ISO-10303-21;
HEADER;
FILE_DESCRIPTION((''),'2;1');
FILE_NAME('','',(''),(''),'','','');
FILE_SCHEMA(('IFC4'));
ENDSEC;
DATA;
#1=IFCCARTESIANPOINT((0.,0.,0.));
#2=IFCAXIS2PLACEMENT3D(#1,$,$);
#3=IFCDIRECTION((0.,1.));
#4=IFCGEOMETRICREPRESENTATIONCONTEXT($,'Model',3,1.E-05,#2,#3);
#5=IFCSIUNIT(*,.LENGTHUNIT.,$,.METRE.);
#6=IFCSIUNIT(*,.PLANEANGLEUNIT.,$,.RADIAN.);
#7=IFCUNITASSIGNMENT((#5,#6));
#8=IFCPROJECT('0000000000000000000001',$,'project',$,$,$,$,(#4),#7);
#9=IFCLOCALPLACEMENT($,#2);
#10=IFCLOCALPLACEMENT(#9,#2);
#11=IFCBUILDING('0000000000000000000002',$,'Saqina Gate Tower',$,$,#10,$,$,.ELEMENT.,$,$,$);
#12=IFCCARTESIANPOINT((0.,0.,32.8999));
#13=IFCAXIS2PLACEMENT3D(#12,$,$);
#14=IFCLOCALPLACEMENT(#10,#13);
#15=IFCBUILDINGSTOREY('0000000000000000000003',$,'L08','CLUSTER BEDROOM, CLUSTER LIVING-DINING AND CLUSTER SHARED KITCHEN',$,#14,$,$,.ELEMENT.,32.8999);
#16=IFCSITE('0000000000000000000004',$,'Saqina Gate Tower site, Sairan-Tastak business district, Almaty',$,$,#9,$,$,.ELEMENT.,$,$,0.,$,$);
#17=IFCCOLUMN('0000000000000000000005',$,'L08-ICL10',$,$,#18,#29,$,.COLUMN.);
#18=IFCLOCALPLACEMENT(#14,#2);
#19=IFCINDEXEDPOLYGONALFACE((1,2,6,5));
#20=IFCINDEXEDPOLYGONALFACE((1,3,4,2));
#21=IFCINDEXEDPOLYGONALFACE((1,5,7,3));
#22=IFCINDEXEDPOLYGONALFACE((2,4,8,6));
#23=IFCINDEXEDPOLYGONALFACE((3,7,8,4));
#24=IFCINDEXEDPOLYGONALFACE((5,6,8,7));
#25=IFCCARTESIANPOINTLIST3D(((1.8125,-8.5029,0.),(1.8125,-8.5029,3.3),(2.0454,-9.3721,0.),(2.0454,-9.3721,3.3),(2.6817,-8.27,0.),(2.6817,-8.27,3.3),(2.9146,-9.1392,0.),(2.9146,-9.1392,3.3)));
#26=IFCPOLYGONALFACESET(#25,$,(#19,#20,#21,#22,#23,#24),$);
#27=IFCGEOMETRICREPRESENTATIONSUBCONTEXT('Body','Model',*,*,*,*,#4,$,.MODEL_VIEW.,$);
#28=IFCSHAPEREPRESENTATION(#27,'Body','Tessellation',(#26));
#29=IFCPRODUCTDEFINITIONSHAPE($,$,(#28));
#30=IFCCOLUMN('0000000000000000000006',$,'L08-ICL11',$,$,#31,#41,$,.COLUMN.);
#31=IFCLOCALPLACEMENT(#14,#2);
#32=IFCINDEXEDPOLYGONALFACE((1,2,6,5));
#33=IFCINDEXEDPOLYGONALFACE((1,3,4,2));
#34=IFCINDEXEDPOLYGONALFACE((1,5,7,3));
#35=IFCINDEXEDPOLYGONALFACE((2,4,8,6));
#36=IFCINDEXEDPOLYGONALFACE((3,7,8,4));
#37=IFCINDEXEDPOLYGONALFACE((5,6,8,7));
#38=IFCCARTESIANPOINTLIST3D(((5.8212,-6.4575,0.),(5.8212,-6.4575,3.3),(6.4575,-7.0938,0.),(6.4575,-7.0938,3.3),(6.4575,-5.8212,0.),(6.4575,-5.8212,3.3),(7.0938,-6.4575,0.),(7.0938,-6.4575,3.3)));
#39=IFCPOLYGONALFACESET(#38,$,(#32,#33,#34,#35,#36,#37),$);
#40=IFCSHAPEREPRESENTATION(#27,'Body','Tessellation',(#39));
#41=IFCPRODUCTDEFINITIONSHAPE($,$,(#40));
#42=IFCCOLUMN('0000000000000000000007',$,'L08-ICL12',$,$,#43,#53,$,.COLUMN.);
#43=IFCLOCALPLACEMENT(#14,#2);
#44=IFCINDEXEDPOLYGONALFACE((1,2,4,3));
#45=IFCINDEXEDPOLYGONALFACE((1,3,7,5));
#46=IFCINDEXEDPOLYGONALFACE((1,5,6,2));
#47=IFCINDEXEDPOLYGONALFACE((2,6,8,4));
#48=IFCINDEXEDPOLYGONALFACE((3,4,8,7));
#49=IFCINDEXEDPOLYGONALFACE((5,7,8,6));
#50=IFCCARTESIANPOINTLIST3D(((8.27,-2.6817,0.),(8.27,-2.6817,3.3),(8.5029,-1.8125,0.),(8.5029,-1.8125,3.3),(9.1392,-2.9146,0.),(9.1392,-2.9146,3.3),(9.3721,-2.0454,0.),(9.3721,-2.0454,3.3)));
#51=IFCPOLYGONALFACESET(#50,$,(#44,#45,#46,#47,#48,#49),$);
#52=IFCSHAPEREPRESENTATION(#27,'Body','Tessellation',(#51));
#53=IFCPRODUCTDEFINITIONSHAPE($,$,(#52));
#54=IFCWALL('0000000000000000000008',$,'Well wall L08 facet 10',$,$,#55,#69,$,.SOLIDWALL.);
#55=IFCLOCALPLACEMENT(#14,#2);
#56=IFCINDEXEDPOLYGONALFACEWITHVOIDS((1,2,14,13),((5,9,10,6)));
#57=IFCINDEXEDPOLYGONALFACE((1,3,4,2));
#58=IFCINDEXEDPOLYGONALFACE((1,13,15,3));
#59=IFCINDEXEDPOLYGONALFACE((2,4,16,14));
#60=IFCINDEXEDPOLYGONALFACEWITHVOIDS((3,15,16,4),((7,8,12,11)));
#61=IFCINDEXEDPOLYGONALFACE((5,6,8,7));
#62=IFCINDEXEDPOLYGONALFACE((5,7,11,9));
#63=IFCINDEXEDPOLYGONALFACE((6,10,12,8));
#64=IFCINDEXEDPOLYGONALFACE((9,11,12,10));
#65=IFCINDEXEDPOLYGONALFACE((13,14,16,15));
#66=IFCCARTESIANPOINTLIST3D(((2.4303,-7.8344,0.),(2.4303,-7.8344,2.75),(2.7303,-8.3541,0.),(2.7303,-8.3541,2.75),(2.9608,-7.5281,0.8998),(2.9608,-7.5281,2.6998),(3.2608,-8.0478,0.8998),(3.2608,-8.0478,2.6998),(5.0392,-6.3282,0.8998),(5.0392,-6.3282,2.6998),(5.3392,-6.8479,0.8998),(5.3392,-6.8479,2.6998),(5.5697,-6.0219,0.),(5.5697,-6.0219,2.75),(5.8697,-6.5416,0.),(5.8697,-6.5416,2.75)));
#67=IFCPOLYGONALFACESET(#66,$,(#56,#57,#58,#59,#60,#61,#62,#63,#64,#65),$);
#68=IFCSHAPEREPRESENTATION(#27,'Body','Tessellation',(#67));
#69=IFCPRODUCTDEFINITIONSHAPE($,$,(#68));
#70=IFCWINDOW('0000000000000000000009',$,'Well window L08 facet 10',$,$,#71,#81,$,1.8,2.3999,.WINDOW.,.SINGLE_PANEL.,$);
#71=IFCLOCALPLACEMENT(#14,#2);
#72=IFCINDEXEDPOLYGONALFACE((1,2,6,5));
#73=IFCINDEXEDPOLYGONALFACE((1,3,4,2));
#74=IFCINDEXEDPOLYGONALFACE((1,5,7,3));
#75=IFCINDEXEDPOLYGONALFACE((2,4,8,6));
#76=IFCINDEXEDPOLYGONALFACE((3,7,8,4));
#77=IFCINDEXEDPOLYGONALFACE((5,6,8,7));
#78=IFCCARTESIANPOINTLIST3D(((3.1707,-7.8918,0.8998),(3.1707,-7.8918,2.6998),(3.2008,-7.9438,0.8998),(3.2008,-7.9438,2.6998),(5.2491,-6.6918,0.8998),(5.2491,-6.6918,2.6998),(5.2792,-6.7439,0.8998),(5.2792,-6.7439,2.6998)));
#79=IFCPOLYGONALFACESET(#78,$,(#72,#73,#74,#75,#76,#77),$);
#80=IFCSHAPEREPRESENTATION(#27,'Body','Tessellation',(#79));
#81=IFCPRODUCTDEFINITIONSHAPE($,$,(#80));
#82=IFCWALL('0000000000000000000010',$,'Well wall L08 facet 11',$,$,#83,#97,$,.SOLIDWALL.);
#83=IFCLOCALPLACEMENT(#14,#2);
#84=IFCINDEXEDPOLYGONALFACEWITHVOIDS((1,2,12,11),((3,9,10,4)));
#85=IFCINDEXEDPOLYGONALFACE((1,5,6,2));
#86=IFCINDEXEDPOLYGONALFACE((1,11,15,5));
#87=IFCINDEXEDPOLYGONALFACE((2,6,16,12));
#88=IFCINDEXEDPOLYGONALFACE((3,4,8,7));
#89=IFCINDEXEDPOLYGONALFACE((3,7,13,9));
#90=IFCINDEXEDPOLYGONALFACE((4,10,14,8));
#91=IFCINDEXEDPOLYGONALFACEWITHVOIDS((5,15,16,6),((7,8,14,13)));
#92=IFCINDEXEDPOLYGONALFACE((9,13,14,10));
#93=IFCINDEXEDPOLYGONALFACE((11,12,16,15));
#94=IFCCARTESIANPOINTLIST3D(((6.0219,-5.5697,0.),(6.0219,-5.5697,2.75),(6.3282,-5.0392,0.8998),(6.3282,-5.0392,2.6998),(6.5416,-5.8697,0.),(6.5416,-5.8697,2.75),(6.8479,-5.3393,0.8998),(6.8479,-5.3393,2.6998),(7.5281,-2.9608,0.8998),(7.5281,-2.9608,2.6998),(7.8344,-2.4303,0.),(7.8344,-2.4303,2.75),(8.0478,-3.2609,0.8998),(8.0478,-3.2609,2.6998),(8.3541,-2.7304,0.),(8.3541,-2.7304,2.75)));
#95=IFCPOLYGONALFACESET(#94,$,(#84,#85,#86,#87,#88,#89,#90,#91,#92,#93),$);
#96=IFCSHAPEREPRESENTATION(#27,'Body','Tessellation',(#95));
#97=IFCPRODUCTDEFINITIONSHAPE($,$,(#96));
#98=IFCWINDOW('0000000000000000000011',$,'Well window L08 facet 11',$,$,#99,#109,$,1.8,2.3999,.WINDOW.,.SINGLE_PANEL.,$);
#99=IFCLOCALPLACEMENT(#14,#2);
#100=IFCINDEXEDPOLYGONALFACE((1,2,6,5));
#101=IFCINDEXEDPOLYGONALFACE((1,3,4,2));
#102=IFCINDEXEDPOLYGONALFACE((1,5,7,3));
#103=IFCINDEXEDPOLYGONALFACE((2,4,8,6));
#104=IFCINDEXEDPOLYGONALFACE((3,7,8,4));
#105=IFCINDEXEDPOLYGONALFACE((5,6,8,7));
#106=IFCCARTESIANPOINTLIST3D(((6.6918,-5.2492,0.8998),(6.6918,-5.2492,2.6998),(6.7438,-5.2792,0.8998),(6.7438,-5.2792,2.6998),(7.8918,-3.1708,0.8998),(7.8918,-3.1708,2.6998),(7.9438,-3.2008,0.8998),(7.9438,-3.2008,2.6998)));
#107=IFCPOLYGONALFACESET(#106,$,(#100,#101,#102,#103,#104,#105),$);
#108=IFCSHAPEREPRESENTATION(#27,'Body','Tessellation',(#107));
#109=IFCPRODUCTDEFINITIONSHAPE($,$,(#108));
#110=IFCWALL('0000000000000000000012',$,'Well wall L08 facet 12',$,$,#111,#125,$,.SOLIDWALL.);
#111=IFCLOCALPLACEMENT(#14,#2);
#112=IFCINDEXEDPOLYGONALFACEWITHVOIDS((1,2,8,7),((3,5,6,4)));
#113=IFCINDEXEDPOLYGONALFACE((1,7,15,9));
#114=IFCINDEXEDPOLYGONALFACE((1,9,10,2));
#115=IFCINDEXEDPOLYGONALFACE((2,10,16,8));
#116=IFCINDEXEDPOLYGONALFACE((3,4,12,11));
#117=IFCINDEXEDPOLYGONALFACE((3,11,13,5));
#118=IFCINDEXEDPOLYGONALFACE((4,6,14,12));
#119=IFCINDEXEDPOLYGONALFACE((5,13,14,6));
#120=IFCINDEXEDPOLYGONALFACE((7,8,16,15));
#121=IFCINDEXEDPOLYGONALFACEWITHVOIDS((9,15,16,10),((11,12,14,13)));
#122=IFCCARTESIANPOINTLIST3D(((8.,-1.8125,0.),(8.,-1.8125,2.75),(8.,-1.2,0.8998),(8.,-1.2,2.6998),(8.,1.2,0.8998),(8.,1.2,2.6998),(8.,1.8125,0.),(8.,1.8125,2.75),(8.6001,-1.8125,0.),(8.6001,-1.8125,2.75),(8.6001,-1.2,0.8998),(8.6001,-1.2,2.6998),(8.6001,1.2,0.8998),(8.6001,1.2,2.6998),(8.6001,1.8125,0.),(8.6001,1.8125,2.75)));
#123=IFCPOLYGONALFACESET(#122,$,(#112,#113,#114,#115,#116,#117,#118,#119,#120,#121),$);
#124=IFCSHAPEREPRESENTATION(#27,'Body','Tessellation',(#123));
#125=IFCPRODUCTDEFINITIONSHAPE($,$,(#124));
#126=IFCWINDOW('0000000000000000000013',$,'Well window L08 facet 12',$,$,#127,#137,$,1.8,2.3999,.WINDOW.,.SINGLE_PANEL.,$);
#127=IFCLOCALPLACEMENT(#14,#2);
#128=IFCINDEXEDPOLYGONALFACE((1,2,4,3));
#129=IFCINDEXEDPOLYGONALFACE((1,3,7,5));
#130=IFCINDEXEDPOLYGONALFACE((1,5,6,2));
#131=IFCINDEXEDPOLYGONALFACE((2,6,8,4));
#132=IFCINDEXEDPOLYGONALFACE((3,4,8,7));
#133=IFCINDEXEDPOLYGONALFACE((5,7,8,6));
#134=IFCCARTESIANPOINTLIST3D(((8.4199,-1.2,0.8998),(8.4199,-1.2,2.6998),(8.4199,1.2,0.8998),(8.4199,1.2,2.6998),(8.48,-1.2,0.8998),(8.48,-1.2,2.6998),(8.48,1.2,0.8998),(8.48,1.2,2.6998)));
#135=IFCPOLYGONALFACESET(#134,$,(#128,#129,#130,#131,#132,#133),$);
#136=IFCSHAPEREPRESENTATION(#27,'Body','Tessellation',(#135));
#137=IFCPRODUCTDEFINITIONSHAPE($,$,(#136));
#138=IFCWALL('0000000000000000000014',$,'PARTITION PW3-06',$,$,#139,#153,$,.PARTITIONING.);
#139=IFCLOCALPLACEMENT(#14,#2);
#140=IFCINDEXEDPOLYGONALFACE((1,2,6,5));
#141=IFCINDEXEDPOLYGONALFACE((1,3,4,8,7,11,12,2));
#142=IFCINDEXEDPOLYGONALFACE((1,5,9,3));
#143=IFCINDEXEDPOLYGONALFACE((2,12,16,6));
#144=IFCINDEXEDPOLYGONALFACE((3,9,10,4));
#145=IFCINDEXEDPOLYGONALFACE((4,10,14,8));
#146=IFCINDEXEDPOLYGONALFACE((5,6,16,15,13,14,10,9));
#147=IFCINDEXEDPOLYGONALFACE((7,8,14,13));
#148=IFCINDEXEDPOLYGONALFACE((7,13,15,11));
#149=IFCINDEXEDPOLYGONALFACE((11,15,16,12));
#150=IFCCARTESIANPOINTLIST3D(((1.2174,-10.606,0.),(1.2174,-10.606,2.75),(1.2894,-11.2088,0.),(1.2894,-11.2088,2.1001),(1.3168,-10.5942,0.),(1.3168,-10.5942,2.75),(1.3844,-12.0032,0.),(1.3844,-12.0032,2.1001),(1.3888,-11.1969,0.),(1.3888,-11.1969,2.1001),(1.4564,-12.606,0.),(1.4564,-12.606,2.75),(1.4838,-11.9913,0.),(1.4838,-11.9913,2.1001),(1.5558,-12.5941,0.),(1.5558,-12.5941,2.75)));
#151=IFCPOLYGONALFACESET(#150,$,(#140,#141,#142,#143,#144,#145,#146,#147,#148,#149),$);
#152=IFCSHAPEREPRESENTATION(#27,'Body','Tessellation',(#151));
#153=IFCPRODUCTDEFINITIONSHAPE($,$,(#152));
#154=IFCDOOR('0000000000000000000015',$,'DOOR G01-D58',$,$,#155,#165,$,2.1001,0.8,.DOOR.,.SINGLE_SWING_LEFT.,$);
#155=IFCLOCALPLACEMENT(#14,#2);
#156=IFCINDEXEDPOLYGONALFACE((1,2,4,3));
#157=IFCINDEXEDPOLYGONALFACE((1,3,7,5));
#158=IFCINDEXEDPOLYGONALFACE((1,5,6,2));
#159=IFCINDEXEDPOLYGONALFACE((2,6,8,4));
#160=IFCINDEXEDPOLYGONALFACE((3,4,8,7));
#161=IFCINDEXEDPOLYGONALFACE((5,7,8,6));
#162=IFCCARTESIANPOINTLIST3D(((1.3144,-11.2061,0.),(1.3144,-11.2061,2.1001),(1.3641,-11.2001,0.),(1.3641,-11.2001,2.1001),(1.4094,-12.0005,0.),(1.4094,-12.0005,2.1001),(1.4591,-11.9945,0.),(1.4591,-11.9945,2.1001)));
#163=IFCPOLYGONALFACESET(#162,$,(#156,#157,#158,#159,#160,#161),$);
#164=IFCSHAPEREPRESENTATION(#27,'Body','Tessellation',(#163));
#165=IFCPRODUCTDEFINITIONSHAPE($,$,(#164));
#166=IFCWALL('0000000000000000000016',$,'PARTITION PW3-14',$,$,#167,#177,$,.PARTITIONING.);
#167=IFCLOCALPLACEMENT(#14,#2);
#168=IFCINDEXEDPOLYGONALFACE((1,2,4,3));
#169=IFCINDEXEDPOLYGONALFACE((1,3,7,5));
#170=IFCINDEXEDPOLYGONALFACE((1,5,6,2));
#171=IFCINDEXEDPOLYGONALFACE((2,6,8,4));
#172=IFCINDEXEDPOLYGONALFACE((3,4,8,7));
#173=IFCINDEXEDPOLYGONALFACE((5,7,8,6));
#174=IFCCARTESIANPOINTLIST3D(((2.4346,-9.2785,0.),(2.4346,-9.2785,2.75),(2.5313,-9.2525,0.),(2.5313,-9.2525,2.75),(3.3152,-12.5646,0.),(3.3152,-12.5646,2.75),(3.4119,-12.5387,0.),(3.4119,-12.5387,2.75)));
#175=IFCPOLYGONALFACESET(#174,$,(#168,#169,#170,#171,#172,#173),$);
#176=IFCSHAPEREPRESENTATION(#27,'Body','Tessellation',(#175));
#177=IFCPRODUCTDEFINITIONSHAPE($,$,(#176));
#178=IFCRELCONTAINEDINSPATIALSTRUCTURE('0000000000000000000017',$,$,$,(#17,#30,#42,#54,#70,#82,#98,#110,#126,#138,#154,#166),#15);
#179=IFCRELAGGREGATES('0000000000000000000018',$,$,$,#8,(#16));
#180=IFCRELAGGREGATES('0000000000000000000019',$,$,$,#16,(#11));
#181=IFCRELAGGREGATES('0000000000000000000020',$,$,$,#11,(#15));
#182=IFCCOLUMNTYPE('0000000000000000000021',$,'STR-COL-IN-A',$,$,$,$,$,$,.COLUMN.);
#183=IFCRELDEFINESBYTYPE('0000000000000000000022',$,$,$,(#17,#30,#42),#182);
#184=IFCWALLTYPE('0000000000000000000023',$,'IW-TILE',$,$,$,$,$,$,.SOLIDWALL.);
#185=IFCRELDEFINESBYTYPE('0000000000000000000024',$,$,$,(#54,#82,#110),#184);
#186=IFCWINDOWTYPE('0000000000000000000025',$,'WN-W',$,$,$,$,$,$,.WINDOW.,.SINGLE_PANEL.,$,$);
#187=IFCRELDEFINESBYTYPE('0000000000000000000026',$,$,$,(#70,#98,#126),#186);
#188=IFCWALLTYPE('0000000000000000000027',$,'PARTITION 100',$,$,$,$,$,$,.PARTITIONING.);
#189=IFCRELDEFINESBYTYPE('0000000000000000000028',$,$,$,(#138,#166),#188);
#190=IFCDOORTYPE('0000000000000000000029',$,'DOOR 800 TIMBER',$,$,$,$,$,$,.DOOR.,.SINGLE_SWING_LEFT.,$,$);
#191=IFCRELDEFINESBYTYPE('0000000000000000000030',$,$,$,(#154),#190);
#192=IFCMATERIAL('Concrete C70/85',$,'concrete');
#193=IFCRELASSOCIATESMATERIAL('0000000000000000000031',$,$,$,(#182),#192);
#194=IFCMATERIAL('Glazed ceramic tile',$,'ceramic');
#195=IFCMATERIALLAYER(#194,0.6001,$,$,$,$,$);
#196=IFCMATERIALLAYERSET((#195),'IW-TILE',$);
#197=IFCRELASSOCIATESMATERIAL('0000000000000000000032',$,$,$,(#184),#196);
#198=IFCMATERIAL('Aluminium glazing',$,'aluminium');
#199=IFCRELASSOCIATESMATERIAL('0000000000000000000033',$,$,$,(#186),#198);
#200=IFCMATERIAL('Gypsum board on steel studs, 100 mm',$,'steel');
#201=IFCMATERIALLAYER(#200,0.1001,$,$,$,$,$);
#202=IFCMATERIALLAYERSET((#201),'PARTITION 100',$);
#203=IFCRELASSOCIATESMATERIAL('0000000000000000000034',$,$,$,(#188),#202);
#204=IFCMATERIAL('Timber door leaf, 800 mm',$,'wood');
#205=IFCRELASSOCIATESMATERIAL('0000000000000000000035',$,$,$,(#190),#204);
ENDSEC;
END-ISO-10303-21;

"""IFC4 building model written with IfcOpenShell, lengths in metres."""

from ifc_helpers import new_model, si_unit, direction, frame, frame_2d, origin, origin_2d, place, context, subcontext, project, spatial, rectangle, extrude, material, layer, layer_set, material_profile, profile_set, type_object, element, fill, save


model = new_model("IFC4")

# Units and contexts
model_context = context("Model", 3, precision=1e-05, world=origin(), true_north=direction((0.0, 1.0)))
body_context = subcontext(model_context, "Body", "Model", "MODEL_VIEW")
ifc_project = project(units=[si_unit("LENGTHUNIT", "METRE"), si_unit("PLANEANGLEUNIT", "RADIAN")], contexts=[model_context])

# Site, building, storey
site_placement = place(None, origin())
site = spatial("IfcSite", under=ifc_project, at=site_placement, Name="Saqina Gate Tower site, Sairan-Tastak business district, Almaty", CompositionType="ELEMENT", RefElevation=0.0)
building_placement = place(site_placement, origin())
building = spatial("IfcBuilding", under=site, at=building_placement, Name="Saqina Gate Tower", CompositionType="ELEMENT")
storey_placement = place(building_placement, frame((0.0, 0.0, 32.8999)))
storey = spatial("IfcBuildingStorey", under=building, at=storey_placement, Name="L08", Description="CLUSTER BEDROOM, CLUSTER LIVING-DINING AND CLUSTER SHARED KITCHEN", CompositionType="ELEMENT", Elevation=32.8999)

# Columns
ifc_material_1 = material(Name="Concrete C70/85", Category="concrete")
ifc_material_profile = material_profile(ifc_material_1, rectangle(XDim=0.8999, YDim=0.8999, at=origin_2d()), Name="RC 900x900")
ifc_profile_set = profile_set([ifc_material_profile], Name="Concrete C70/85")
column_type = type_object("IfcColumnType", Name="STR-COL-IN-A", PredefinedType="COLUMN", material=ifc_profile_set)
for number, where, z_axis, x_axis, name in (
    (1, (2.3635, -8.821, 0.0), (0.0, 0.0, 1.0), (0.258819, -0.965926, 0.0), "L08-ICL10"),
    (2, (6.4575, -6.4575, 0.0), (0.0, 0.0, 1.0), (0.707107, -0.707107, 0.0), "L08-ICL11"),
    (3, (8.821, -2.3635, 0.0), (0.0, 0.0, 1.0), (0.965926, -0.258819, 0.0), "L08-ICL12"),
):
    element("IfcColumn", number, at=place(storey_placement, frame(where, z_axis=z_axis, x_axis=x_axis)), inside=storey, type_object=column_type, Name=name, PredefinedType="COLUMN", context=body_context, shape_type="SweptSolid", body=[
        extrude(rectangle(XDim=0.8999, YDim=0.8999, at=origin_2d()), origin(), (0.0, 0.0, 1.0), 3.3),
    ])

# Walls, openings, windows
ifc_material_2 = material(Name="Glazed ceramic tile", Category="ceramic")
ifc_layer_1 = layer(ifc_material_2, 0.6001)
ifc_layer_set_1 = layer_set([ifc_layer_1], Name="IW-TILE")
wall_type_1 = type_object("IfcWallType", Name="IW-TILE", PredefinedType="SOLIDWALL", material=ifc_layer_set_1)
wall_1_placement = place(storey_placement, frame((2.5803, -8.0942, 0.0), z_axis=(0.0, 0.0, 1.0), x_axis=(0.86603, 0.499993, 0.0)))
wall_1 = element("IfcWall", 4, at=wall_1_placement, inside=storey, type_object=wall_type_1, Name="Well wall L08 facet 10", PredefinedType="SOLIDWALL", context=body_context, shape_type="SweptSolid", body=[
    extrude(rectangle(XDim=3.625, YDim=0.6001, at=frame_2d((1.8125, 0.0))), origin(), (0.0, 0.0, 1.0), 2.75),
])
opening_1_placement = place(wall_1_placement, frame((0.6125, 0.0, 0.8999)))
opening_1 = element("IfcOpeningElement", 5, at=opening_1_placement, cuts=wall_1, PredefinedType="OPENING", context=body_context, shape_type="SweptSolid", body=[
    extrude(rectangle(XDim=2.3999, YDim=1.8, at=frame_2d((1.2, 0.8999))), frame((0.0, 0.312, 0.0), z_axis=(0.0, -1.0, 0.0), x_axis=(1.0, 0.0, 0.0)), (0.0, 0.0, 1.0), 0.624),
])
ifc_material_3 = material(Name="Aluminium glazing", Category="aluminium")
window_type = type_object("IfcWindowType", Name="WN-W", PartitioningType="SINGLE_PANEL", PredefinedType="WINDOW", material=ifc_material_3)
window_1_placement = place(opening_1_placement, origin())
window_1 = element("IfcWindow", 6, at=window_1_placement, inside=storey, type_object=window_type, Name="Well window L08 facet 10", OverallHeight=1.8, OverallWidth=2.3999, PartitioningType="SINGLE_PANEL", PredefinedType="WINDOW", context=body_context, shape_type="SweptSolid", body=[
    extrude(rectangle(XDim=2.3999, YDim=1.8, at=frame_2d((1.2, 0.8999))), frame((0.0, -0.1199, 0.0), z_axis=(0.0, -1.0, 0.0), x_axis=(1.0, 0.0, 0.0)), (0.0, 0.0, 1.0), 0.0601),
])
fill(opening_1, window_1)
wall_2_placement = place(storey_placement, frame((6.2817, -5.7197, 0.0), z_axis=(0.0, 0.0, 1.0), x_axis=(0.499993, 0.86603, 0.0)))
wall_2 = element("IfcWall", 7, at=wall_2_placement, inside=storey, type_object=wall_type_1, Name="Well wall L08 facet 11", PredefinedType="SOLIDWALL", context=body_context, shape_type="SweptSolid", body=[
    extrude(rectangle(XDim=3.625, YDim=0.6001, at=frame_2d((1.8125, 0.0))), origin(), (0.0, 0.0, 1.0), 2.75),
])
opening_2_placement = place(wall_2_placement, frame((0.6125, 0.0, 0.8999)))
opening_2 = element("IfcOpeningElement", 8, at=opening_2_placement, cuts=wall_2, PredefinedType="OPENING", context=body_context, shape_type="SweptSolid", body=[
    extrude(rectangle(XDim=2.3999, YDim=1.8, at=frame_2d((1.2, 0.8999))), frame((0.0, 0.312, 0.0), z_axis=(0.0, -1.0, 0.0), x_axis=(1.0, 0.0, 0.0)), (0.0, 0.0, 1.0), 0.624),
])
window_2_placement = place(opening_2_placement, origin())
window_2 = element("IfcWindow", 9, at=window_2_placement, inside=storey, type_object=window_type, Name="Well window L08 facet 11", OverallHeight=1.8, OverallWidth=2.3999, PartitioningType="SINGLE_PANEL", PredefinedType="WINDOW", context=body_context, shape_type="SweptSolid", body=[
    extrude(rectangle(XDim=2.3999, YDim=1.8, at=frame_2d((1.2, 0.8999))), frame((0.0, -0.1199, 0.0), z_axis=(0.0, -1.0, 0.0), x_axis=(1.0, 0.0, 0.0)), (0.0, 0.0, 1.0), 0.0601),
])
fill(opening_2, window_2)
wall_3_placement = place(storey_placement, frame((8.3, -1.8125, 0.0), z_axis=(0.0, 0.0, 1.0), x_axis=(0.0, 1.0, 0.0)))
wall_3 = element("IfcWall", 10, at=wall_3_placement, inside=storey, type_object=wall_type_1, Name="Well wall L08 facet 12", PredefinedType="SOLIDWALL", context=body_context, shape_type="SweptSolid", body=[
    extrude(rectangle(XDim=3.625, YDim=0.6001, at=frame_2d((1.8125, 0.0))), origin(), (0.0, 0.0, 1.0), 2.75),
])
opening_3_placement = place(wall_3_placement, frame((0.6125, 0.0, 0.8999)))
opening_3 = element("IfcOpeningElement", 11, at=opening_3_placement, cuts=wall_3, PredefinedType="OPENING", context=body_context, shape_type="SweptSolid", body=[
    extrude(rectangle(XDim=2.3999, YDim=1.8, at=frame_2d((1.2, 0.8999))), frame((0.0, 0.312, 0.0), z_axis=(0.0, -1.0, 0.0), x_axis=(1.0, 0.0, 0.0)), (0.0, 0.0, 1.0), 0.624),
])
window_3_placement = place(opening_3_placement, origin())
window_3 = element("IfcWindow", 12, at=window_3_placement, inside=storey, type_object=window_type, Name="Well window L08 facet 12", OverallHeight=1.8, OverallWidth=2.3999, PartitioningType="SINGLE_PANEL", PredefinedType="WINDOW", context=body_context, shape_type="SweptSolid", body=[
    extrude(rectangle(XDim=2.3999, YDim=1.8, at=frame_2d((1.2, 0.8999))), frame((0.0, -0.1199, 0.0), z_axis=(0.0, -1.0, 0.0), x_axis=(1.0, 0.0, 0.0)), (0.0, 0.0, 1.0), 0.0601),
])
fill(opening_3, window_3)

# Wall, opening, door
ifc_material_4 = material(Name="Gypsum board on steel studs, 100 mm", Category="steel")
ifc_layer_2 = layer(ifc_material_4, 0.1001)
ifc_layer_set_2 = layer_set([ifc_layer_2], Name="PARTITION 100")
wall_type_2 = type_object("IfcWallType", Name="PARTITION 100", PredefinedType="PARTITIONING", material=ifc_layer_set_2)
wall_4_placement = place(storey_placement, frame((1.2671, -10.6001, 0.0), z_axis=(0.0, 0.0, 1.0), x_axis=(0.118662, -0.992935, 0.0)))
wall_4 = element("IfcWall", 13, at=wall_4_placement, inside=storey, type_object=wall_type_2, Name="PARTITION PW3-06", PredefinedType="PARTITIONING", context=body_context, shape_type="SweptSolid", body=[
    extrude(rectangle(XDim=2.0142, YDim=0.1001, at=frame_2d((1.0071, 0.0))), origin(), (0.0, 0.0, 1.0), 2.75),
])
opening_4_placement = place(wall_4_placement, frame((0.6072, 0.0, 0.0)))
opening_4 = element("IfcOpeningElement", 14, at=opening_4_placement, cuts=wall_4, PredefinedType="OPENING", context=body_context, shape_type="SweptSolid", body=[
    extrude(rectangle(XDim=0.8, YDim=2.1001, at=frame_2d((0.3999, 1.05))), frame((0.0, 0.062, 0.0), z_axis=(0.0, -1.0, 0.0), x_axis=(1.0, 0.0, 0.0)), (0.0, 0.0, 1.0), 0.124),
])
ifc_material_5 = material(Name="Timber door leaf, 800 mm", Category="wood")
door_type = type_object("IfcDoorType", Name="DOOR 800 TIMBER", OperationType="SINGLE_SWING_LEFT", PredefinedType="DOOR", material=ifc_material_5)
door_1_placement = place(opening_4_placement, frame((0.8, 0.0, 0.0), z_axis=(0.0, 0.0, 1.0), x_axis=(-1.0, 0.0, 0.0)))
door_1 = element("IfcDoor", 15, at=door_1_placement, inside=storey, type_object=door_type, Name="DOOR G01-D58", OperationType="SINGLE_SWING_LEFT", OverallHeight=2.1001, OverallWidth=0.8, PredefinedType="DOOR", context=body_context, shape_type="SweptSolid", body=[
    extrude(rectangle(XDim=0.8, YDim=2.1001, at=frame_2d((0.3999, 1.05))), frame((0.0, 0.0249, 0.0), z_axis=(0.0, -1.0, 0.0), x_axis=(1.0, 0.0, 0.0)), (0.0, 0.0, 1.0), 0.05),
])
fill(opening_4, door_1)

# Wall
wall_5_placement = place(storey_placement, frame((2.4829, -9.2654, 0.0), z_axis=(0.0, 0.0, 1.0), x_axis=(0.258846, -0.965919, 0.0)))
element("IfcWall", 16, at=wall_5_placement, inside=storey, type_object=wall_type_2, Name="PARTITION PW3-14", PredefinedType="PARTITIONING", context=body_context, shape_type="SweptSolid", body=[
    extrude(rectangle(XDim=3.4021, YDim=0.1001, at=frame_2d((1.7012, 0.0))), origin(), (0.0, 0.0, 1.0), 2.75),
])

save(model, "model.ifc")
